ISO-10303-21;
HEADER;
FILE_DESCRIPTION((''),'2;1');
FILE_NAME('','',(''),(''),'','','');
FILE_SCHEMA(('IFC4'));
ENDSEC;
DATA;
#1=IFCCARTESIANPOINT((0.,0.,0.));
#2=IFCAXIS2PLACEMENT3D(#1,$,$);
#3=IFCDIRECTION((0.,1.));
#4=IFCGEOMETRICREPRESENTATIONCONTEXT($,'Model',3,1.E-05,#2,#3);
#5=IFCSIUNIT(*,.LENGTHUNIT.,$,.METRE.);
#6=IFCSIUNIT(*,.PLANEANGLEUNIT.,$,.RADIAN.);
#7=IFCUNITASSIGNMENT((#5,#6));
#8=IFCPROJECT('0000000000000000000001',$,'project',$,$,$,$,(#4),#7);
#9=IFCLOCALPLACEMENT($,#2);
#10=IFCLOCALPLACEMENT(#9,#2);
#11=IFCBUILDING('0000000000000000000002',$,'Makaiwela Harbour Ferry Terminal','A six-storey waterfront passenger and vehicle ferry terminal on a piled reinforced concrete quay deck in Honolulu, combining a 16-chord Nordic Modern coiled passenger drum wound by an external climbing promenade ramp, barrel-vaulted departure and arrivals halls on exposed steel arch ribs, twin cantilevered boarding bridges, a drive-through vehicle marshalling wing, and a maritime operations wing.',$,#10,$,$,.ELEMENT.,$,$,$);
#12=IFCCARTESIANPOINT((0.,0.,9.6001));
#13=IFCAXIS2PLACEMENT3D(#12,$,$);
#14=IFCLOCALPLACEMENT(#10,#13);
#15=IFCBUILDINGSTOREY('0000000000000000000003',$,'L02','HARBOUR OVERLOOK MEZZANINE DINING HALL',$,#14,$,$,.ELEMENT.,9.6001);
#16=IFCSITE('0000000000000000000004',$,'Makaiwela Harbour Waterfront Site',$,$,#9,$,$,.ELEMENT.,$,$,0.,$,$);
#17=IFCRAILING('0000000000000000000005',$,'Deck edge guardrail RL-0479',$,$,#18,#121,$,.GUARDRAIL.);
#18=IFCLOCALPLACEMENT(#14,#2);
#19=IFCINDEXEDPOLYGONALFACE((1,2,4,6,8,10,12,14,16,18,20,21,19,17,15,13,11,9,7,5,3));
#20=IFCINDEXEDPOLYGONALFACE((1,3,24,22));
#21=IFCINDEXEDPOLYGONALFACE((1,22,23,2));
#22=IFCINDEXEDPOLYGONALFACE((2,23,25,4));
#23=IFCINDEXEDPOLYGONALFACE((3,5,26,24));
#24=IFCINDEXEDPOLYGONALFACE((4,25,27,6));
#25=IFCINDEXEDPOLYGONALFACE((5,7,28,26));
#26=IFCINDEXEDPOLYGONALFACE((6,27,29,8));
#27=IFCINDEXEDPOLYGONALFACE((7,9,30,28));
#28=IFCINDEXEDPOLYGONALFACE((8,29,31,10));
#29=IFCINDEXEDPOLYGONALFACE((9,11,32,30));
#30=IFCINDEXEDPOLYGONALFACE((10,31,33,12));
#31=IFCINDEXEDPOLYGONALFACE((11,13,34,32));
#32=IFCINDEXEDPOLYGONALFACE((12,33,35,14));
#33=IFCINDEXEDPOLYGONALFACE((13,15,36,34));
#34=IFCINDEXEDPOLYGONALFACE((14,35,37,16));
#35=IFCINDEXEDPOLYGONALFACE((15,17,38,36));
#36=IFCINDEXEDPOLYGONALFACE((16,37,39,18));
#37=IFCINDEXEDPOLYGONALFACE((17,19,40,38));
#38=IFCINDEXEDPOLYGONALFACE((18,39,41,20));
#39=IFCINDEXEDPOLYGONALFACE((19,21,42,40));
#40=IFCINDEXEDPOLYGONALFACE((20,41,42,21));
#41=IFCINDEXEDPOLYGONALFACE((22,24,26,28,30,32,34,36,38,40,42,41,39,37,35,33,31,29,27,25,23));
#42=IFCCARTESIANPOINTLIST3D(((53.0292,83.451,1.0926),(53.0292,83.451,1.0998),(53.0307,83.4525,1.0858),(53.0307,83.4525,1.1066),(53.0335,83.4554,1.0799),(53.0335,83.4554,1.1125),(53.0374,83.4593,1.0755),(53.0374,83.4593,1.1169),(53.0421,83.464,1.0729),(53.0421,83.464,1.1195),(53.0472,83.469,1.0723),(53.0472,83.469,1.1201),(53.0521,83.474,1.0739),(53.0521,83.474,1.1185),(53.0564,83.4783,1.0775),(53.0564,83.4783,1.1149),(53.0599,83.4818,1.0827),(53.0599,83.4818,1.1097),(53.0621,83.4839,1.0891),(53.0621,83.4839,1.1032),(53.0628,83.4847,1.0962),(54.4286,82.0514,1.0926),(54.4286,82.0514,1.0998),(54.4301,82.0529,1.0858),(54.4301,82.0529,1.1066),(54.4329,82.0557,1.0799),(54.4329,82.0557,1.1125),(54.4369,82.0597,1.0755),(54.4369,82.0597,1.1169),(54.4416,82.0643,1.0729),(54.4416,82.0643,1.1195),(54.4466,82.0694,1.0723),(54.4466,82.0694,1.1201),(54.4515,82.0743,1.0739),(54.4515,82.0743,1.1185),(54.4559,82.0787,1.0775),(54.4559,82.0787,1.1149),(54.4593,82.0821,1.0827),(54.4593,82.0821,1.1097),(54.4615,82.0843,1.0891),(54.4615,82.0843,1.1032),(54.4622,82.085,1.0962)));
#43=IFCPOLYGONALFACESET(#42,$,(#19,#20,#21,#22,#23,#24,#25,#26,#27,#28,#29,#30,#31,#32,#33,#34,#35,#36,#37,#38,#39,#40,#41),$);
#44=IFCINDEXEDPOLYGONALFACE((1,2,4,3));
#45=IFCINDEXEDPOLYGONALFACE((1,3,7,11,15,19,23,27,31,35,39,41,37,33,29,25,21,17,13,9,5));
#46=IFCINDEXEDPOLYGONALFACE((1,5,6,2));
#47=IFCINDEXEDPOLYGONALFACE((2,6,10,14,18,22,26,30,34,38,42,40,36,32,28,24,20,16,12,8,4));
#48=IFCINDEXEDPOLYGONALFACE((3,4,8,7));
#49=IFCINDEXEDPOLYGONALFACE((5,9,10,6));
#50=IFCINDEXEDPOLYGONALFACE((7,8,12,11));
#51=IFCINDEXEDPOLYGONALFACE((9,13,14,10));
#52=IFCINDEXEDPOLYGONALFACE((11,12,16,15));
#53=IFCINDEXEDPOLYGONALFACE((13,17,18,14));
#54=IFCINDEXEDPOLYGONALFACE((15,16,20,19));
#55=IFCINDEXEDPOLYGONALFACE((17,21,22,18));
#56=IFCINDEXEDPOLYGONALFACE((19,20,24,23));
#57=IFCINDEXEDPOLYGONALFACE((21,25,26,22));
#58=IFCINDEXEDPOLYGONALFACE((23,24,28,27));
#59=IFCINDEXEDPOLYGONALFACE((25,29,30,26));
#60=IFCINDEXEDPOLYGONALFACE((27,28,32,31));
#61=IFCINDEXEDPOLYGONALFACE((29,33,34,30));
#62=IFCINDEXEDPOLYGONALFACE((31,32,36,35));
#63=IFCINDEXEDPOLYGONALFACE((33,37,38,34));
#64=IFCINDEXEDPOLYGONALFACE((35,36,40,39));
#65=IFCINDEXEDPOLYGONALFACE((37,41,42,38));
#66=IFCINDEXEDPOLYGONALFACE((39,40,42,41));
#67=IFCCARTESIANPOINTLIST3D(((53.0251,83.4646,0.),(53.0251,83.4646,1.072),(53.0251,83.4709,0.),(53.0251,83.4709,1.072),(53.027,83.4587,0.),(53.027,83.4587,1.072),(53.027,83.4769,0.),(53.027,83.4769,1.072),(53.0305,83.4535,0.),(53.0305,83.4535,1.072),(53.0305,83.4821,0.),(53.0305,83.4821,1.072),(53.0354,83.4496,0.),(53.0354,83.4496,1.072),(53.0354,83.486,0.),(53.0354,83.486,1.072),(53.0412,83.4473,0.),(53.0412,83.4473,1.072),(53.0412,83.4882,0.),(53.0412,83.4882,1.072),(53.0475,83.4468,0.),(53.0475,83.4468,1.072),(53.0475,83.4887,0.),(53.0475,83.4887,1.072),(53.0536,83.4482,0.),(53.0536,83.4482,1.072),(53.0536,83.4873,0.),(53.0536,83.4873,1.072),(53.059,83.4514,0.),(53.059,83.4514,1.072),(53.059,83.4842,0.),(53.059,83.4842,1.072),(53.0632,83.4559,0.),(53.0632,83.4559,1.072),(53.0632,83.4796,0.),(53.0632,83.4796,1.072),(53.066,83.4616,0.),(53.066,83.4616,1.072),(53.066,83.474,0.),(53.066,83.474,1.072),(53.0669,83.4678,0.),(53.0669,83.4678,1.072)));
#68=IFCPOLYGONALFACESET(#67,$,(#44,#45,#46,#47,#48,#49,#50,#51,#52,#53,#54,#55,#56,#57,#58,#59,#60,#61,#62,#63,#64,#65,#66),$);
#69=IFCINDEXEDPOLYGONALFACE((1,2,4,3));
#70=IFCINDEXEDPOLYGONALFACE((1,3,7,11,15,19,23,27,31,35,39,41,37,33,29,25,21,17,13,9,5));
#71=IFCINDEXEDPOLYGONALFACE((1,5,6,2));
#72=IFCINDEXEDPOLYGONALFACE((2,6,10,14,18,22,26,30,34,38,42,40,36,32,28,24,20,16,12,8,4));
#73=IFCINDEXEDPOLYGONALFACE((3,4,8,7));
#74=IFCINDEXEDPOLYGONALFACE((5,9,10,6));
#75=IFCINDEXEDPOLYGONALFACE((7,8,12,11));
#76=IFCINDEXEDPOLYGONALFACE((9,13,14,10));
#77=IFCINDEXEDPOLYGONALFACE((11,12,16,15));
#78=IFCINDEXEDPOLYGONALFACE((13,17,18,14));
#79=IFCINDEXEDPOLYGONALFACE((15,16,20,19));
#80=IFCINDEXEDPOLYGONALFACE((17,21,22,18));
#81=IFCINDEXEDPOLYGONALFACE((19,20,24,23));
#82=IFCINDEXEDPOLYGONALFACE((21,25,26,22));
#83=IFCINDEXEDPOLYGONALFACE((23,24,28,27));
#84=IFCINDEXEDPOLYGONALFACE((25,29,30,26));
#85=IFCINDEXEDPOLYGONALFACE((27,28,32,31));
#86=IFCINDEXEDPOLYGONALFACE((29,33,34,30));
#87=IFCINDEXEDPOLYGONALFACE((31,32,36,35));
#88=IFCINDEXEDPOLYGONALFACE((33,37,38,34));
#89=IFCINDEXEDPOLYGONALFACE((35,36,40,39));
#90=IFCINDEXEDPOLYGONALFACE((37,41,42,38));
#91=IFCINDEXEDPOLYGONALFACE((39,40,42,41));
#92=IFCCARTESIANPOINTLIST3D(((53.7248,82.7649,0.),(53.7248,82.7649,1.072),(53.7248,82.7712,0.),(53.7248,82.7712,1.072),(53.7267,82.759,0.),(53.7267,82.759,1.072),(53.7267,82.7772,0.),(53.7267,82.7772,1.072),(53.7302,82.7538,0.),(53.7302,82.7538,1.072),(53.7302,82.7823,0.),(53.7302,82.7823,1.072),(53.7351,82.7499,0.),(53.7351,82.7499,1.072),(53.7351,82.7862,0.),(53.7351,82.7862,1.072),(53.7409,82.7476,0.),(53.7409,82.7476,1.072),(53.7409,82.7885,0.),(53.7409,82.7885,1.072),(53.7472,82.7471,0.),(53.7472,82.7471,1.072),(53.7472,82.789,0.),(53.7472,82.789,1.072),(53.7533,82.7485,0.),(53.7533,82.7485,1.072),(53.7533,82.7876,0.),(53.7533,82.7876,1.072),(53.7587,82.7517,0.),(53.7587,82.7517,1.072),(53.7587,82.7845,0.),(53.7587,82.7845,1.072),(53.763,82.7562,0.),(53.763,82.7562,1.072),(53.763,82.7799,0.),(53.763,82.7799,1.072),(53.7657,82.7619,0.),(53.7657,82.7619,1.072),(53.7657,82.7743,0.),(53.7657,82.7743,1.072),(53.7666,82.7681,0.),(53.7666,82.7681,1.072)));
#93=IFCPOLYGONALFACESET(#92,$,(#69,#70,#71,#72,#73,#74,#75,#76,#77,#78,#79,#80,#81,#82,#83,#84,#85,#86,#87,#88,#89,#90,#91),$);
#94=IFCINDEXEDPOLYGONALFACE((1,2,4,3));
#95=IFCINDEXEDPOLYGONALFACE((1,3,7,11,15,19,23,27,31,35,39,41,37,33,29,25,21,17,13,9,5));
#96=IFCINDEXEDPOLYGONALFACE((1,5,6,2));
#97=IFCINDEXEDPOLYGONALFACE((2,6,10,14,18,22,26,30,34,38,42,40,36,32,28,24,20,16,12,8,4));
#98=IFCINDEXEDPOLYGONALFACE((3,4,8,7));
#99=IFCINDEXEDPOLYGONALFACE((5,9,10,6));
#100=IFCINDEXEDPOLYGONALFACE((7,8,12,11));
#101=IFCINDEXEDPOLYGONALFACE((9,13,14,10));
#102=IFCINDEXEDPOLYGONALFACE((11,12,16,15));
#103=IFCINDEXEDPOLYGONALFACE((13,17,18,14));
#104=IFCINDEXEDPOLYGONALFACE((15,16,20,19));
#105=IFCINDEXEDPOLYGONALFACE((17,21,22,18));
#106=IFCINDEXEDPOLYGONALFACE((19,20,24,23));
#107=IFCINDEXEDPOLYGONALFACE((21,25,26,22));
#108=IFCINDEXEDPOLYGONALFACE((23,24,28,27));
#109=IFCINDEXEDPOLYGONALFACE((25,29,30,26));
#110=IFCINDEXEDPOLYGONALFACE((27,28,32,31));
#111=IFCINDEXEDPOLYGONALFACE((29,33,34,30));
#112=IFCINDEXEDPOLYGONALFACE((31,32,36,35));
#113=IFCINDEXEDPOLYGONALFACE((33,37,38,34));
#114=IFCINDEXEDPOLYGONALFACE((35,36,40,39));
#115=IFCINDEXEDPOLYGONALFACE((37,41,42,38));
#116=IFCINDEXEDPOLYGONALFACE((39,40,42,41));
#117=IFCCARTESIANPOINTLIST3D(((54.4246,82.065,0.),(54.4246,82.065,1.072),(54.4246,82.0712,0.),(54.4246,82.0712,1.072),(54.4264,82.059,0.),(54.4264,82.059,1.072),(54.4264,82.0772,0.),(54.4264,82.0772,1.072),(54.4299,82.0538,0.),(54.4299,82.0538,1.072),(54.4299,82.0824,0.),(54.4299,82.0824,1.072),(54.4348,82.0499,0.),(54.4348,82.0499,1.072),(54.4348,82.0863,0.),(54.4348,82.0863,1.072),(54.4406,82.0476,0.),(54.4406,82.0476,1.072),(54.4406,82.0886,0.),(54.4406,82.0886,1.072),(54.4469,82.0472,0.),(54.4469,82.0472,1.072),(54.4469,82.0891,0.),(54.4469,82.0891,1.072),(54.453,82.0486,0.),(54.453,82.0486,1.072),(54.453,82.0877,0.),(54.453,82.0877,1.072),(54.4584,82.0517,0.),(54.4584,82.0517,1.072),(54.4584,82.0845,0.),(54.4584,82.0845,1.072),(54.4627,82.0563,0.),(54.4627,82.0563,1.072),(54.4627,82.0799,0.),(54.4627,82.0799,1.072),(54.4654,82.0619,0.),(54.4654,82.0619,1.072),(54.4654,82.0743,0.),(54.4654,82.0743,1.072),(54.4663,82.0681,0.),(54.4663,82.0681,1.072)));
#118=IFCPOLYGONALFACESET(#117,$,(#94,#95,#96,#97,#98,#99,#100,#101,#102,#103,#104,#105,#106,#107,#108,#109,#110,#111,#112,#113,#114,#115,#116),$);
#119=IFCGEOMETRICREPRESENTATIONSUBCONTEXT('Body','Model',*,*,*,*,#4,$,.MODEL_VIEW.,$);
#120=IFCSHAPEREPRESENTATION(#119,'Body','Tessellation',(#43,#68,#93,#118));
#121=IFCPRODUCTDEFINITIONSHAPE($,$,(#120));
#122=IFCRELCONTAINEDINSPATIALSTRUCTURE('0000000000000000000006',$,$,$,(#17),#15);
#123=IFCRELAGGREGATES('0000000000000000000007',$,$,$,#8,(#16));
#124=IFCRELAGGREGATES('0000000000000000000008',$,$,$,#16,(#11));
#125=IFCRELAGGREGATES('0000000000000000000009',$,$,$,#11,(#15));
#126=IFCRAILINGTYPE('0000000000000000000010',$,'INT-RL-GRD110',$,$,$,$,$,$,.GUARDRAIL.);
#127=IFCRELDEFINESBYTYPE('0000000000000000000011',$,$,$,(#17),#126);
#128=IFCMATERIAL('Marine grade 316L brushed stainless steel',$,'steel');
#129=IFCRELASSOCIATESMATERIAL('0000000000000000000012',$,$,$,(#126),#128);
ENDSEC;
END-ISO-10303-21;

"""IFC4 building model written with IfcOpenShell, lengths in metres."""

from ifc_helpers import new_model, si_unit, direction, frame, origin, origin_2d, place, context, subcontext, project, spatial, circle, extrude, material, type_object, element, save


model = new_model("IFC4")

# Units and contexts
model_context = context("Model", 3, precision=1e-05, world=origin(), true_north=direction((0.0, 1.0)))
body_context = subcontext(model_context, "Body", "Model", "MODEL_VIEW")
ifc_project = project(units=[si_unit("LENGTHUNIT", "METRE"), si_unit("PLANEANGLEUNIT", "RADIAN")], contexts=[model_context])

# Site, building, storey
site_placement = place(None, origin())
site = spatial("IfcSite", under=ifc_project, at=site_placement, Name="Makaiwela Harbour Waterfront Site", CompositionType="ELEMENT", RefElevation=0.0)
building_placement = place(site_placement, origin())
building = spatial("IfcBuilding", under=site, at=building_placement, Name="Makaiwela Harbour Ferry Terminal", Description="A six-storey waterfront passenger and vehicle ferry terminal on a piled reinforced concrete quay deck in Honolulu, combining a 16-chord Nordic Modern coiled passenger drum wound by an external climbing promenade ramp, barrel-vaulted departure and arrivals halls on exposed steel arch ribs, twin cantilevered boarding bridges, a drive-through vehicle marshalling wing, and a maritime operations wing.", CompositionType="ELEMENT")
storey_placement = place(building_placement, frame((0.0, 0.0, 9.6001)))
storey = spatial("IfcBuildingStorey", under=building, at=storey_placement, Name="L02", Description="HARBOUR OVERLOOK MEZZANINE DINING HALL", CompositionType="ELEMENT", Elevation=9.6001)

# Railing
ifc_material_1 = material(Name="Marine grade 316L brushed stainless steel", Category="steel")
railing_type = type_object("IfcRailingType", Name="INT-RL-GRD110", PredefinedType="GUARDRAIL", material=ifc_material_1)
railing_1_placement = place(storey_placement, frame((53.0459, 83.4678, 0.0)))
element("IfcRailing", 1, at=railing_1_placement, inside=storey, type_object=railing_type, Name="Deck edge guardrail RL-0479", PredefinedType="GUARDRAIL", context=body_context, shape_type="SweptSolid", body=[
    extrude(circle(Radius=0.0239, at=origin_2d()), frame((0.0, 0.0, 1.0962), z_axis=(0.707045, -0.707168, 0.0), x_axis=(0.707168, 0.707045, 0.0)), (0.0, 0.0, 1.0), 1.9792),
    extrude(circle(Radius=0.021, at=origin_2d()), origin(), (0.0, 0.0, 1.0), 1.072),
    extrude(circle(Radius=0.021, at=origin_2d()), frame((0.6997, -0.6997, 0.0)), (0.0, 0.0, 1.0), 1.072),
    extrude(circle(Radius=0.021, at=origin_2d()), frame((1.3994, -1.3997, 0.0)), (0.0, 0.0, 1.0), 1.072),
])

save(model, "model.ifc")
